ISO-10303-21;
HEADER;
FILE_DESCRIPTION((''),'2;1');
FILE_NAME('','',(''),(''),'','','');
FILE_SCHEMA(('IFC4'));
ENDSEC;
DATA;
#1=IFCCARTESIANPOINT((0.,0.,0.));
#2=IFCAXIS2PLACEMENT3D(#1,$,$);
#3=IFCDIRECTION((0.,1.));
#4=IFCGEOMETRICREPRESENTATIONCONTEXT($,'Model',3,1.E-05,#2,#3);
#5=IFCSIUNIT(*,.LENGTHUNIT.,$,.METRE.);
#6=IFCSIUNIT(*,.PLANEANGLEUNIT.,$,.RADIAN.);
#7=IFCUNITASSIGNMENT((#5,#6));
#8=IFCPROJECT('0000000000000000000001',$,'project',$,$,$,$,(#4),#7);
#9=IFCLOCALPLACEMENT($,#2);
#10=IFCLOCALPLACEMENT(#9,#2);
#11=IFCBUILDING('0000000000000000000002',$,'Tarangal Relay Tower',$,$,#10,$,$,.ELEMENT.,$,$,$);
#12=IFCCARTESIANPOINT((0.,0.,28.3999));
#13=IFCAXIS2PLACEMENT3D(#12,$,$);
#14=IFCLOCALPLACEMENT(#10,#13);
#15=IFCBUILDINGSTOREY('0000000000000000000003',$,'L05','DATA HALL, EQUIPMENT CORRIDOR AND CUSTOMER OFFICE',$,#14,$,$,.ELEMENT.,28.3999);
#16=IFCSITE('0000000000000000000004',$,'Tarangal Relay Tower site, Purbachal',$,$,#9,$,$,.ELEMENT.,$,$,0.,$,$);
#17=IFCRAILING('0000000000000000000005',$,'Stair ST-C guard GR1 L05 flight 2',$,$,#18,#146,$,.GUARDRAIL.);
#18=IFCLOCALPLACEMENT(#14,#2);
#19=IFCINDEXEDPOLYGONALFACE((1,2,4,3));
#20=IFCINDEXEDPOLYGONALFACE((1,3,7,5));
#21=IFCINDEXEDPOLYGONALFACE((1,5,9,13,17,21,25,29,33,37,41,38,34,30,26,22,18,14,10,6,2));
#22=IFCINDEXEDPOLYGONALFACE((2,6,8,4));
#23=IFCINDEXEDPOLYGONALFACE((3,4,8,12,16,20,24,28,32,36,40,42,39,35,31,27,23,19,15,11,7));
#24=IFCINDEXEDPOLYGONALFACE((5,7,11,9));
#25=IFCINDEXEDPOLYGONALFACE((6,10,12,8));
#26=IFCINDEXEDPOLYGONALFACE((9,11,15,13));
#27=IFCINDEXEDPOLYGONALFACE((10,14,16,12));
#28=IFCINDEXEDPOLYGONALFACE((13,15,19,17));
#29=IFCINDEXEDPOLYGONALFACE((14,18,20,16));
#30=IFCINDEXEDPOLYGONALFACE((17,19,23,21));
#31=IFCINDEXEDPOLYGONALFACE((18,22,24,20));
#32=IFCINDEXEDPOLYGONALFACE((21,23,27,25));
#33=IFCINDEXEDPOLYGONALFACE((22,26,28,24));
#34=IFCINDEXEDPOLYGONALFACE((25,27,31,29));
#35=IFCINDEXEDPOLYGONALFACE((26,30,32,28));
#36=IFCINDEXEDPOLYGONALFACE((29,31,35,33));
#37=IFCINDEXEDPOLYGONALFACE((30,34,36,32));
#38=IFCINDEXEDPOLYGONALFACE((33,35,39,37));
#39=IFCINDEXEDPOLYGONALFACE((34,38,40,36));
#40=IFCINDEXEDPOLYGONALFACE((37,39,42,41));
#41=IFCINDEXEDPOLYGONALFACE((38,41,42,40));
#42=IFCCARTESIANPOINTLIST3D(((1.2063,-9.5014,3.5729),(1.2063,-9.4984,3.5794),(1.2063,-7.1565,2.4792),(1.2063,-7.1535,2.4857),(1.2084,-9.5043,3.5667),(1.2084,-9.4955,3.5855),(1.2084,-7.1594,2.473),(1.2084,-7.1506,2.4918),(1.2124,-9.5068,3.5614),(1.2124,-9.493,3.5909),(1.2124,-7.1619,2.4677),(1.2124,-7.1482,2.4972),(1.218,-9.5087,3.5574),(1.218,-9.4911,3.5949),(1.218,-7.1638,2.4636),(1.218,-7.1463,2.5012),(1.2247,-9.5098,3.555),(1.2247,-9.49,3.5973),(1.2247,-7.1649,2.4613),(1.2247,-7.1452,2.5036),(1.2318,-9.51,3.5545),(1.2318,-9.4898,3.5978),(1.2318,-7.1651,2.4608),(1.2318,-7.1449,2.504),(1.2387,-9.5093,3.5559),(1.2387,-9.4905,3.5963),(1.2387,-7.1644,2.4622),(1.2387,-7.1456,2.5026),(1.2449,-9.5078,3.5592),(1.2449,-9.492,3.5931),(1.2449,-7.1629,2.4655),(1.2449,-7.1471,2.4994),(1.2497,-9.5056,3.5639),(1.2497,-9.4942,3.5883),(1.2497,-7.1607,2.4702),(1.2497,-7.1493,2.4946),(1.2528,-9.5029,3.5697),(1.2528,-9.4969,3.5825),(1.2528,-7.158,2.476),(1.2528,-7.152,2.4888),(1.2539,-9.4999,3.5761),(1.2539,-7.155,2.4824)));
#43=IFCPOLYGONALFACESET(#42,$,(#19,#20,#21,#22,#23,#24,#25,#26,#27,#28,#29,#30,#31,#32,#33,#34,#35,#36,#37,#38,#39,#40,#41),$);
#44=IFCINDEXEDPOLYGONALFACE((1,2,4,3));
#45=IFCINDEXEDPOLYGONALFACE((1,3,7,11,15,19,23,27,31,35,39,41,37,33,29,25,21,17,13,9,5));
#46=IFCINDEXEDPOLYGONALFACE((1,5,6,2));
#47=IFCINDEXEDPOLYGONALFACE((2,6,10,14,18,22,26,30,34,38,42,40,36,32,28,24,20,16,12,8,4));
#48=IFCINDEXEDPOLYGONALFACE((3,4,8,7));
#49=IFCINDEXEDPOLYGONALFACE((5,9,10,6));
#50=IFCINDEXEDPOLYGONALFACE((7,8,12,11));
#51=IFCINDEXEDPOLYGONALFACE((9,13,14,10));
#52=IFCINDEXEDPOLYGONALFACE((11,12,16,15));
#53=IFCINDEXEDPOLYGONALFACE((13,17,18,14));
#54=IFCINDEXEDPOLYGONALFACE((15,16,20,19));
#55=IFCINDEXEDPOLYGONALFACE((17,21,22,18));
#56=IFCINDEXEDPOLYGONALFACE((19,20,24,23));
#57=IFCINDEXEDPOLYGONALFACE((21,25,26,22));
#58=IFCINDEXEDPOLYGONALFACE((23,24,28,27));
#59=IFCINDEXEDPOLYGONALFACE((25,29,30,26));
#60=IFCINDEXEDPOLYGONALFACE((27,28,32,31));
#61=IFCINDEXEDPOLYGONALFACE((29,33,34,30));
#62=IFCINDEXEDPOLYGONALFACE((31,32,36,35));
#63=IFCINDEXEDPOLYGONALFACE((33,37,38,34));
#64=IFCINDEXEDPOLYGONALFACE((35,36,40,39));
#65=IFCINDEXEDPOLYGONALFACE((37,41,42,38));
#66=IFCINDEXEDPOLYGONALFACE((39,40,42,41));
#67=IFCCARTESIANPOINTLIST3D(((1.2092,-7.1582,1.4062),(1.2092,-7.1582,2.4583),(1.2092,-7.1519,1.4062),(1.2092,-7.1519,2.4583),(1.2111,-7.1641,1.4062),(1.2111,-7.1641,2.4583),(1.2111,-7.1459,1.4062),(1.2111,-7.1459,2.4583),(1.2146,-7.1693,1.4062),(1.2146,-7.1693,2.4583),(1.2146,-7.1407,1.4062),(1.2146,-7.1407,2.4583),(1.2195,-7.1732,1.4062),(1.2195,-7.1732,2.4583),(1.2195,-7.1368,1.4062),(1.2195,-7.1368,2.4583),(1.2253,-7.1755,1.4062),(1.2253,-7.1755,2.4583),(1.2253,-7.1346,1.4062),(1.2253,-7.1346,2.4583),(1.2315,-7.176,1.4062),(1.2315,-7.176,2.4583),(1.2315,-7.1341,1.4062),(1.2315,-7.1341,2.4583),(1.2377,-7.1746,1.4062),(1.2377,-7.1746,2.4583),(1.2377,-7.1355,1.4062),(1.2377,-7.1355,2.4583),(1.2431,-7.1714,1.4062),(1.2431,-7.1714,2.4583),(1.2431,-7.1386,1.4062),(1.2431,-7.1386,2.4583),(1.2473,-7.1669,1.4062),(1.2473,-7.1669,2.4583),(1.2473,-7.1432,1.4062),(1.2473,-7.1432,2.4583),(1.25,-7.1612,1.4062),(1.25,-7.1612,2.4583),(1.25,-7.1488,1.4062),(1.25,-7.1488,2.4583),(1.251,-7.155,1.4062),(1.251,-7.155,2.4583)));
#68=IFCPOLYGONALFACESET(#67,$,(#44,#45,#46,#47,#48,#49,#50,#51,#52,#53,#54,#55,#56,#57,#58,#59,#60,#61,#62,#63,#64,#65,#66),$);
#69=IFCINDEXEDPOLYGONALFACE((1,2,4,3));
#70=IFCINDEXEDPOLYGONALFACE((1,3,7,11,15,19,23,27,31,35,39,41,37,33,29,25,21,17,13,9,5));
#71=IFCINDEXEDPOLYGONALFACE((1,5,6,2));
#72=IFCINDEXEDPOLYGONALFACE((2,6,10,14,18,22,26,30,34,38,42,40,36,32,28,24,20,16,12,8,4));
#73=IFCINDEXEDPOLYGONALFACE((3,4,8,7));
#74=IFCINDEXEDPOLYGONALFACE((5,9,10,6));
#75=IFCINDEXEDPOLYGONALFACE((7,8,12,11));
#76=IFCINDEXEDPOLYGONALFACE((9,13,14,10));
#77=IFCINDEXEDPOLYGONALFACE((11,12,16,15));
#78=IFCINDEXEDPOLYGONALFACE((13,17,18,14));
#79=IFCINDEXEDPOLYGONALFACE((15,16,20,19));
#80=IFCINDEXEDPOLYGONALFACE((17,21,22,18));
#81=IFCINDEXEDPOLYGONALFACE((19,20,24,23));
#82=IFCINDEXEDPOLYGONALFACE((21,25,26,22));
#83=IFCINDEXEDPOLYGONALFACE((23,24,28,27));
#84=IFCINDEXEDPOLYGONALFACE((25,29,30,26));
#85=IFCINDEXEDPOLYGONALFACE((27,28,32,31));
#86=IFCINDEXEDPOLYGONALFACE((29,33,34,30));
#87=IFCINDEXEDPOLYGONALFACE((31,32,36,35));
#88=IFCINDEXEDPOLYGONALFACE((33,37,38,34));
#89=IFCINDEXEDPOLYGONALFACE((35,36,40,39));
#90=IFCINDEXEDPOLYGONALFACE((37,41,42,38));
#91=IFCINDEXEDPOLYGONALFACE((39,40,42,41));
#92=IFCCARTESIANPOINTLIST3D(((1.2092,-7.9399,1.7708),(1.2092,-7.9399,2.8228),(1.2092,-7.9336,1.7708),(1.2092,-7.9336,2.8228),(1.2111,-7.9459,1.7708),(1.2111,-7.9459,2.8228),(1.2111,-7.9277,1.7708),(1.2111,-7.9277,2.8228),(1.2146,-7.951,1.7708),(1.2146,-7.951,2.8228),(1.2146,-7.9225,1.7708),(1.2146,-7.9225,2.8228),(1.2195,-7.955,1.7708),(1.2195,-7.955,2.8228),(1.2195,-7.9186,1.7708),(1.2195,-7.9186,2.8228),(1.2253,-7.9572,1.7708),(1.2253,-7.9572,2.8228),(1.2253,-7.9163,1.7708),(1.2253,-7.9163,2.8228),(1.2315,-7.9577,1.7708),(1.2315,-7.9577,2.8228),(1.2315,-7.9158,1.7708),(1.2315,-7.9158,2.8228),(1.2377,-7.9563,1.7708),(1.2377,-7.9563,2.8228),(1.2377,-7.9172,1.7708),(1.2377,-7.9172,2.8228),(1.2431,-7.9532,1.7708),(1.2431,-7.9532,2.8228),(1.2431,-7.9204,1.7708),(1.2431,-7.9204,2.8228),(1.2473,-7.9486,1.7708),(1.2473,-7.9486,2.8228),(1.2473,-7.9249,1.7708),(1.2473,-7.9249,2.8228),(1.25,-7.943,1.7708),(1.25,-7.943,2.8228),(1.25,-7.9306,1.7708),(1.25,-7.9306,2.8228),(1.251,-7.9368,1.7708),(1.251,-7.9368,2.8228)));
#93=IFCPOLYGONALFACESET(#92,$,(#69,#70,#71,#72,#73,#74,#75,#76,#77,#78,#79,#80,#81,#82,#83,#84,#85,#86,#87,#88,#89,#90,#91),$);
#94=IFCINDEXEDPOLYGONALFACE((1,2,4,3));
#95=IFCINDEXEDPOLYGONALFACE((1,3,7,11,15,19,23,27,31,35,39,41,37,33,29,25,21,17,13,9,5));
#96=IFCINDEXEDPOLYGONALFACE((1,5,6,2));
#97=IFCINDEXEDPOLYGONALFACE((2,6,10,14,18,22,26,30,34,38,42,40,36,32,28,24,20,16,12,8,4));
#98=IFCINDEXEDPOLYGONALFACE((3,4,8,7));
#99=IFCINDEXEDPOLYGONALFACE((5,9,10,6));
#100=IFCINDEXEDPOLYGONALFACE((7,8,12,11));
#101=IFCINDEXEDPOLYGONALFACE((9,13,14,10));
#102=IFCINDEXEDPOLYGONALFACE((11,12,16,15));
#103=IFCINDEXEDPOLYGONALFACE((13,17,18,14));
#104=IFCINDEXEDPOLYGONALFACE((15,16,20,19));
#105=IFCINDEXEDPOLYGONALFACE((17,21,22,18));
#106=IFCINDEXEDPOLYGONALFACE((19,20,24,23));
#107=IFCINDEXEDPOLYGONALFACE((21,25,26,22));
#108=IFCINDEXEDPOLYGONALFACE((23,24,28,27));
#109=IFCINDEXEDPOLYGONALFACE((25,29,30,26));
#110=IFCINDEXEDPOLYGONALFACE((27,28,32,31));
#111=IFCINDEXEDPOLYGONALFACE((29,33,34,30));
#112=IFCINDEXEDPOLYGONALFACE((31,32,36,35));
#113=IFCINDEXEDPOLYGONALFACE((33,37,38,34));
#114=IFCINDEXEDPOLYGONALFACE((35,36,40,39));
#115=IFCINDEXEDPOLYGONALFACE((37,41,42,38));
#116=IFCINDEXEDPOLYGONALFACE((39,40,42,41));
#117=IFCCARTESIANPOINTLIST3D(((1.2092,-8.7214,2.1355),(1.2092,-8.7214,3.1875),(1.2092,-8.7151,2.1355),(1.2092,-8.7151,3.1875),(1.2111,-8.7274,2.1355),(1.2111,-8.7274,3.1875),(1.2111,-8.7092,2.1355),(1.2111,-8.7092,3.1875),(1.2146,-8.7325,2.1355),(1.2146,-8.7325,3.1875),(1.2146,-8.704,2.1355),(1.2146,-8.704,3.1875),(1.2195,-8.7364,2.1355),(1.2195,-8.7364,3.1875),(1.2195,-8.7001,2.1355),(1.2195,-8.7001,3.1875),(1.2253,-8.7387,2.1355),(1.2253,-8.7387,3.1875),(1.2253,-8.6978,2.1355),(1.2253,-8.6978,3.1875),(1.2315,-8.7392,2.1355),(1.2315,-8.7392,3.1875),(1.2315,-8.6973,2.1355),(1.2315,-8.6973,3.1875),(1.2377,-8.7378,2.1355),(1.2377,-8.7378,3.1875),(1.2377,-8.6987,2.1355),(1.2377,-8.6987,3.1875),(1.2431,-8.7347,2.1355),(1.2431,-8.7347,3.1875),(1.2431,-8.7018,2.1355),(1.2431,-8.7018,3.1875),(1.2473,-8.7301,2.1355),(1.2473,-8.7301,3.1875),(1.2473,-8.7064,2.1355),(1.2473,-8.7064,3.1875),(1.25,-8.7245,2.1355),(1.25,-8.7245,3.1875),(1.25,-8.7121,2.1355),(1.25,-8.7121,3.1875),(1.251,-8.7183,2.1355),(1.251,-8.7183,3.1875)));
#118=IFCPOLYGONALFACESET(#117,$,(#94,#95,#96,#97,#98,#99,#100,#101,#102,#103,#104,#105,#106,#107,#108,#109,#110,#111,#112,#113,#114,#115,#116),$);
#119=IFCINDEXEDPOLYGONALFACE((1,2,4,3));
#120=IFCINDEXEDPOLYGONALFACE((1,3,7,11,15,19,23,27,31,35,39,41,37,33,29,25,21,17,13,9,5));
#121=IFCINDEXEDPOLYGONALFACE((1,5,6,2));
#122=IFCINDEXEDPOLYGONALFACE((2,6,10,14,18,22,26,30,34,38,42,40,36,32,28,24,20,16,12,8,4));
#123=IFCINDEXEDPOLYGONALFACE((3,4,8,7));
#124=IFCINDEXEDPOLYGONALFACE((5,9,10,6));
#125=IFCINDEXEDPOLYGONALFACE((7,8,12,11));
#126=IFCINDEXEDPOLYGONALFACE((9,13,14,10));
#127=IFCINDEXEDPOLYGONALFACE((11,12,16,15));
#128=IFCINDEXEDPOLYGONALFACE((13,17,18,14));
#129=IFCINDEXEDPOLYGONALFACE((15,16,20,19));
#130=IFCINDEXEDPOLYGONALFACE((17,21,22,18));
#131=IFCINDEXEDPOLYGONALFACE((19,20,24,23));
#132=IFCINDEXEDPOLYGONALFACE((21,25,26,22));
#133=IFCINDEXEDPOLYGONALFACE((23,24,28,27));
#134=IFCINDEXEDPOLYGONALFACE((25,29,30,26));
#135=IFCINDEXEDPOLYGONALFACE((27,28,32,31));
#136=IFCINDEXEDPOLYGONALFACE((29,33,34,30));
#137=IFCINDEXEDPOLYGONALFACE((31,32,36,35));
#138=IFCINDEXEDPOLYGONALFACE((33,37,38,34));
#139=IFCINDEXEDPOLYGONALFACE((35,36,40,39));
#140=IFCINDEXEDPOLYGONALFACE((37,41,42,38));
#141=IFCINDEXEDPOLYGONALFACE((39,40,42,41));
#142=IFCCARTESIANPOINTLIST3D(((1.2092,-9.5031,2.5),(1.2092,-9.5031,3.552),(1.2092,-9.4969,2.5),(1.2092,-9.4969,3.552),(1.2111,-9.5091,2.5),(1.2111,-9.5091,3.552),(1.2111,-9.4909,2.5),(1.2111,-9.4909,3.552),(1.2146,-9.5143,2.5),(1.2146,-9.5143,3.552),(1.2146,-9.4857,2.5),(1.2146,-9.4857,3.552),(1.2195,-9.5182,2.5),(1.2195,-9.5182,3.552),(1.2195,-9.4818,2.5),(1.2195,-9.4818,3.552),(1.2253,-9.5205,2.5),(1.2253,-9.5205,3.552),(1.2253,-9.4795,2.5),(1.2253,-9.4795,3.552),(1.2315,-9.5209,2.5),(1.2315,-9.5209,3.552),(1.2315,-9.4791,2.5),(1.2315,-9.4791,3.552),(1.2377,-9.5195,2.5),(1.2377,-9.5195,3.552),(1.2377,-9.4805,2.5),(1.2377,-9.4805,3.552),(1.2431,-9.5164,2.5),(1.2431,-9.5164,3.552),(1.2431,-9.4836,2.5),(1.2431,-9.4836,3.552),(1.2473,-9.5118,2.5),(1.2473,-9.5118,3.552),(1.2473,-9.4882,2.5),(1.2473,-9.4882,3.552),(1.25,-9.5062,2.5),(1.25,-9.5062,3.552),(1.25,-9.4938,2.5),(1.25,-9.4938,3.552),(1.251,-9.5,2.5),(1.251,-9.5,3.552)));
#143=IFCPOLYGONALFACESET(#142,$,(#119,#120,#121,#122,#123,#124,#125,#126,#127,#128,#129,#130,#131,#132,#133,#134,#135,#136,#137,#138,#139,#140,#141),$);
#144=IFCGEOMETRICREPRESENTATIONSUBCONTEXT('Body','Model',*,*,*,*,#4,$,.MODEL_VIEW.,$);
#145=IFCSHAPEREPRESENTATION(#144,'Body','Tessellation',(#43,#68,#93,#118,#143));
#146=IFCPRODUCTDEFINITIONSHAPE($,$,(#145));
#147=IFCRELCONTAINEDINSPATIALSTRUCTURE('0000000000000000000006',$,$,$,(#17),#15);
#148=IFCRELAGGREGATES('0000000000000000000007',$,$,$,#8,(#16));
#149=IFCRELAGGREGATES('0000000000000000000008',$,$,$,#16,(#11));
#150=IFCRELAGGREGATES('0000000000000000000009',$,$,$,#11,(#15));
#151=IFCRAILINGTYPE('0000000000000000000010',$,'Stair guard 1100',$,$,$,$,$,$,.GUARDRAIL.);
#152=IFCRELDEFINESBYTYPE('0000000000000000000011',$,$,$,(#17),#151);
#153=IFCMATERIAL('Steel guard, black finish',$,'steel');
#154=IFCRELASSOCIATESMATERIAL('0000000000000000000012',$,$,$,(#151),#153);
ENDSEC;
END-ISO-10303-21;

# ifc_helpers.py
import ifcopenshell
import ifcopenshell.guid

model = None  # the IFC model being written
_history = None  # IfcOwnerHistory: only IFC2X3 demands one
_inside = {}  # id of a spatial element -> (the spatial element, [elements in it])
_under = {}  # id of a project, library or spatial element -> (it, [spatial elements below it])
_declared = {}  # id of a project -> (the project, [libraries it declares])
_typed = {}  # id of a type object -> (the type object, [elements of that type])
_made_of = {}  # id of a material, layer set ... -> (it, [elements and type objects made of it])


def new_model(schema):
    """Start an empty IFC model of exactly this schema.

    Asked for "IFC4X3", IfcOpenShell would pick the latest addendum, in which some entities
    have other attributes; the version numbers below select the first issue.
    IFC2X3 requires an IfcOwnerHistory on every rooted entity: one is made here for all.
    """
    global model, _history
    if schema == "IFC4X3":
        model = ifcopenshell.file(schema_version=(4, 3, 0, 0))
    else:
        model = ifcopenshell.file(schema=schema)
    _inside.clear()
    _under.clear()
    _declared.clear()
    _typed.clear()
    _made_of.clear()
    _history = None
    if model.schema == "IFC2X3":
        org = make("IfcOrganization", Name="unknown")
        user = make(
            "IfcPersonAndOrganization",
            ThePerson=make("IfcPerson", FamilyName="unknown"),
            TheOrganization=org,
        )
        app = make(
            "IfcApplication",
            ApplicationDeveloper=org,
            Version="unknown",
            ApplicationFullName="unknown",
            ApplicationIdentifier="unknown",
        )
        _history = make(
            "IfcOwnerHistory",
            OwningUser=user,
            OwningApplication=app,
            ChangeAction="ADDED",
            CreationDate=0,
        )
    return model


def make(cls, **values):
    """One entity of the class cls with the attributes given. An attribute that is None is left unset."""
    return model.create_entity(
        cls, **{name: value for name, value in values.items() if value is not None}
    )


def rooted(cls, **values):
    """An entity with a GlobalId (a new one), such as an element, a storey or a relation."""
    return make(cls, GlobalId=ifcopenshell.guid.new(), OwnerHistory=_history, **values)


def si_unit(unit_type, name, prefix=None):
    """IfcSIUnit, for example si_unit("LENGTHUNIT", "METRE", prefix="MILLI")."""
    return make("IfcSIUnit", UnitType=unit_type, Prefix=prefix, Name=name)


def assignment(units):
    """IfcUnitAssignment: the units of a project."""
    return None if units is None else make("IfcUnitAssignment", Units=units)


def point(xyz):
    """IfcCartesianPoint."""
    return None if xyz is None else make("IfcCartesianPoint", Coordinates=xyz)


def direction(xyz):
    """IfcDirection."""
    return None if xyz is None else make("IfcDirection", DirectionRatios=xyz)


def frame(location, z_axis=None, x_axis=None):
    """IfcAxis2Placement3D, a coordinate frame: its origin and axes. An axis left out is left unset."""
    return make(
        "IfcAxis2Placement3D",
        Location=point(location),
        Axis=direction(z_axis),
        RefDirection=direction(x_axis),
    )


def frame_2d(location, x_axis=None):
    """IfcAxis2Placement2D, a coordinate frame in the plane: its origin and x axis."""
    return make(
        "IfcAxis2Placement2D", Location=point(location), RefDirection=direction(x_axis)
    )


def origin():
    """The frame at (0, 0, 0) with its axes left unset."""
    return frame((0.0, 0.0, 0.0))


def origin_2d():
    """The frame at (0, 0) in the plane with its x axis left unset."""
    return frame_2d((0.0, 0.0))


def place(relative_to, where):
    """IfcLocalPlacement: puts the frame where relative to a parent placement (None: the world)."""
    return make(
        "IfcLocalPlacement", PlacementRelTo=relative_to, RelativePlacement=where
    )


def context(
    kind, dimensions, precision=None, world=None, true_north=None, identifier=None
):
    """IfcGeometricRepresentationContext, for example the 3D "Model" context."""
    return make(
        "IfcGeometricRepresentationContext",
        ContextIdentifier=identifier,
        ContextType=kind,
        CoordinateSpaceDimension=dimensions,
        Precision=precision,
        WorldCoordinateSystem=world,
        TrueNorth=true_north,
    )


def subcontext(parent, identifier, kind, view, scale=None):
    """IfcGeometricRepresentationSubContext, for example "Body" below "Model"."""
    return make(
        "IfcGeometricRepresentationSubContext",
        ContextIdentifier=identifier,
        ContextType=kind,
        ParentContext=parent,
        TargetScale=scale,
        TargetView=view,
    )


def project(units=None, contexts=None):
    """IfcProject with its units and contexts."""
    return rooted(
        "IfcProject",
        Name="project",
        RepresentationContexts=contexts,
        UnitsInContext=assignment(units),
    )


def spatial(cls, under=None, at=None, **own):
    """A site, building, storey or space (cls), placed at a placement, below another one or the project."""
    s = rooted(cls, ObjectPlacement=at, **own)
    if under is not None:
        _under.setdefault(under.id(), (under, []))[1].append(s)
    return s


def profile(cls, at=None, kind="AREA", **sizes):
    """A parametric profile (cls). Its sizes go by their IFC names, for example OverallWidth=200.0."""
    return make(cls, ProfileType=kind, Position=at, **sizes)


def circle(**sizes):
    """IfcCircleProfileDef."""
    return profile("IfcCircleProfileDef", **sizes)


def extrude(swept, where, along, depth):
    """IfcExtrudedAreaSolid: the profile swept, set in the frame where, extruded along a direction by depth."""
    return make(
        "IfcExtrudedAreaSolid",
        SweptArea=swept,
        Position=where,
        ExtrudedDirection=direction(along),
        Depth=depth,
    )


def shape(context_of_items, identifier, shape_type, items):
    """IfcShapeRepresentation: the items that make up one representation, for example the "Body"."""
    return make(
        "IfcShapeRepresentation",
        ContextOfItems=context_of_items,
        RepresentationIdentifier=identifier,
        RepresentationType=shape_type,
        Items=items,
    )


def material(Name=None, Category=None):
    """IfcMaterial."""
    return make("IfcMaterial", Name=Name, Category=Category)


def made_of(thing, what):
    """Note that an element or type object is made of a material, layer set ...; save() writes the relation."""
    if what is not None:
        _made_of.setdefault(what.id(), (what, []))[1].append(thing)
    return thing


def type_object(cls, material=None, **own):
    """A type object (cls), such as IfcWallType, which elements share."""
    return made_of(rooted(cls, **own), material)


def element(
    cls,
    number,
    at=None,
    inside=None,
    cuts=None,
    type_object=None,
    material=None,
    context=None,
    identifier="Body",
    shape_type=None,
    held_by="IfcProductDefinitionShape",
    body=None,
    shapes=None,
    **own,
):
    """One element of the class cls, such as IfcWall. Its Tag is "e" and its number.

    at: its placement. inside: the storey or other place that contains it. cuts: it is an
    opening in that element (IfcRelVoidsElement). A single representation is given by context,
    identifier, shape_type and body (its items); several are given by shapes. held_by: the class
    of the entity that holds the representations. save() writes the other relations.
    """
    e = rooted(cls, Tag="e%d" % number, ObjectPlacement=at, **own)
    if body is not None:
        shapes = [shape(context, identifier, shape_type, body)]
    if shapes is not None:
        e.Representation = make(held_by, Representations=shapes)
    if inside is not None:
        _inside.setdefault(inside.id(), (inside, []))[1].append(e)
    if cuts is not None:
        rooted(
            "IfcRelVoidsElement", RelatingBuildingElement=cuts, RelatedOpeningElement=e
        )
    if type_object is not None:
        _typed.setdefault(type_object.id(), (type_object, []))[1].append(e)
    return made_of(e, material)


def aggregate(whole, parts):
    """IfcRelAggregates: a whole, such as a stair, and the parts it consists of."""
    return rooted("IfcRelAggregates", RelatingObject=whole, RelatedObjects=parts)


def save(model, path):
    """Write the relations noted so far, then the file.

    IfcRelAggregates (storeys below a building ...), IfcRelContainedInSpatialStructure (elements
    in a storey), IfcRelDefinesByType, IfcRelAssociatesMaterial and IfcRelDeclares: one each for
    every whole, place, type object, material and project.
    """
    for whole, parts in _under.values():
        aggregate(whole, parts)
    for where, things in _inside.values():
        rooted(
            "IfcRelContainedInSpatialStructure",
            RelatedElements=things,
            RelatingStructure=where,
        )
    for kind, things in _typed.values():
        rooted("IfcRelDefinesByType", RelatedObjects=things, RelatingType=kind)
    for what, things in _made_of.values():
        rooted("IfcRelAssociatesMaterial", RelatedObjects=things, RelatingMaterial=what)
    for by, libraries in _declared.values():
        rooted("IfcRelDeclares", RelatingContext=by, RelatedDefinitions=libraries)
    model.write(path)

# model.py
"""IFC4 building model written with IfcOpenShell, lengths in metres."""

from ifc_helpers import new_model, si_unit, direction, frame, origin, origin_2d, place, context, subcontext, project, spatial, circle, extrude, material, type_object, element, save


model = new_model("IFC4")

# Units and contexts
model_context = context("Model", 3, precision=1e-05, world=origin(), true_north=direction((0.0, 1.0)))
body_context = subcontext(model_context, "Body", "Model", "MODEL_VIEW")
ifc_project = project(units=[si_unit("LENGTHUNIT", "METRE"), si_unit("PLANEANGLEUNIT", "RADIAN")], contexts=[model_context])

# Site, building, storey
site_placement = place(None, origin())
site = spatial("IfcSite", under=ifc_project, at=site_placement, Name="Tarangal Relay Tower site, Purbachal", CompositionType="ELEMENT", RefElevation=0.0)
building_placement = place(site_placement, origin())
building = spatial("IfcBuilding", under=site, at=building_placement, Name="Tarangal Relay Tower", CompositionType="ELEMENT")
storey_placement = place(building_placement, frame((0.0, 0.0, 28.3999)))
storey = spatial("IfcBuildingStorey", under=building, at=storey_placement, Name="L05", Description="DATA HALL, EQUIPMENT CORRIDOR AND CUSTOMER OFFICE", CompositionType="ELEMENT", Elevation=28.3999)

# Railing
ifc_material_1 = material(Name="Steel guard, black finish", Category="steel")
railing_type_1 = type_object("IfcRailingType", Name="Stair guard 1100", PredefinedType="GUARDRAIL", material=ifc_material_1)
for number, where, name in (
    (1, (1.23, -7.155, 1.4062), "Stair ST-C guard GR1 L05 flight 2"),
):
    element("IfcRailing", number, at=place(storey_placement, frame(where)), inside=storey, type_object=railing_type_1, Name=name, PredefinedType="GUARDRAIL", context=body_context, shape_type="SweptSolid", body=[
        extrude(circle(Radius=0.0239, at=origin_2d()), frame((0.0, 0.0, 1.0762), z_axis=(0.0, -0.906267, 0.422705), x_axis=(1.0, 0.0, 0.0)), (0.0, 0.0, 1.0), 2.5874),
        extrude(circle(Radius=0.021, at=origin_2d()), origin(), (0.0, 0.0, 1.0), 1.052),
        extrude(circle(Radius=0.021, at=origin_2d()), frame((0.0, -0.7817, 0.3645)), (0.0, 0.0, 1.0), 1.052),
        extrude(circle(Radius=0.021, at=origin_2d()), frame((0.0, -1.5632, 0.7292)), (0.0, 0.0, 1.0), 1.052),
        extrude(circle(Radius=0.021, at=origin_2d()), frame((0.0, -2.345, 1.0938)), (0.0, 0.0, 1.0), 1.052),
    ])

save(model, "model.ifc")
